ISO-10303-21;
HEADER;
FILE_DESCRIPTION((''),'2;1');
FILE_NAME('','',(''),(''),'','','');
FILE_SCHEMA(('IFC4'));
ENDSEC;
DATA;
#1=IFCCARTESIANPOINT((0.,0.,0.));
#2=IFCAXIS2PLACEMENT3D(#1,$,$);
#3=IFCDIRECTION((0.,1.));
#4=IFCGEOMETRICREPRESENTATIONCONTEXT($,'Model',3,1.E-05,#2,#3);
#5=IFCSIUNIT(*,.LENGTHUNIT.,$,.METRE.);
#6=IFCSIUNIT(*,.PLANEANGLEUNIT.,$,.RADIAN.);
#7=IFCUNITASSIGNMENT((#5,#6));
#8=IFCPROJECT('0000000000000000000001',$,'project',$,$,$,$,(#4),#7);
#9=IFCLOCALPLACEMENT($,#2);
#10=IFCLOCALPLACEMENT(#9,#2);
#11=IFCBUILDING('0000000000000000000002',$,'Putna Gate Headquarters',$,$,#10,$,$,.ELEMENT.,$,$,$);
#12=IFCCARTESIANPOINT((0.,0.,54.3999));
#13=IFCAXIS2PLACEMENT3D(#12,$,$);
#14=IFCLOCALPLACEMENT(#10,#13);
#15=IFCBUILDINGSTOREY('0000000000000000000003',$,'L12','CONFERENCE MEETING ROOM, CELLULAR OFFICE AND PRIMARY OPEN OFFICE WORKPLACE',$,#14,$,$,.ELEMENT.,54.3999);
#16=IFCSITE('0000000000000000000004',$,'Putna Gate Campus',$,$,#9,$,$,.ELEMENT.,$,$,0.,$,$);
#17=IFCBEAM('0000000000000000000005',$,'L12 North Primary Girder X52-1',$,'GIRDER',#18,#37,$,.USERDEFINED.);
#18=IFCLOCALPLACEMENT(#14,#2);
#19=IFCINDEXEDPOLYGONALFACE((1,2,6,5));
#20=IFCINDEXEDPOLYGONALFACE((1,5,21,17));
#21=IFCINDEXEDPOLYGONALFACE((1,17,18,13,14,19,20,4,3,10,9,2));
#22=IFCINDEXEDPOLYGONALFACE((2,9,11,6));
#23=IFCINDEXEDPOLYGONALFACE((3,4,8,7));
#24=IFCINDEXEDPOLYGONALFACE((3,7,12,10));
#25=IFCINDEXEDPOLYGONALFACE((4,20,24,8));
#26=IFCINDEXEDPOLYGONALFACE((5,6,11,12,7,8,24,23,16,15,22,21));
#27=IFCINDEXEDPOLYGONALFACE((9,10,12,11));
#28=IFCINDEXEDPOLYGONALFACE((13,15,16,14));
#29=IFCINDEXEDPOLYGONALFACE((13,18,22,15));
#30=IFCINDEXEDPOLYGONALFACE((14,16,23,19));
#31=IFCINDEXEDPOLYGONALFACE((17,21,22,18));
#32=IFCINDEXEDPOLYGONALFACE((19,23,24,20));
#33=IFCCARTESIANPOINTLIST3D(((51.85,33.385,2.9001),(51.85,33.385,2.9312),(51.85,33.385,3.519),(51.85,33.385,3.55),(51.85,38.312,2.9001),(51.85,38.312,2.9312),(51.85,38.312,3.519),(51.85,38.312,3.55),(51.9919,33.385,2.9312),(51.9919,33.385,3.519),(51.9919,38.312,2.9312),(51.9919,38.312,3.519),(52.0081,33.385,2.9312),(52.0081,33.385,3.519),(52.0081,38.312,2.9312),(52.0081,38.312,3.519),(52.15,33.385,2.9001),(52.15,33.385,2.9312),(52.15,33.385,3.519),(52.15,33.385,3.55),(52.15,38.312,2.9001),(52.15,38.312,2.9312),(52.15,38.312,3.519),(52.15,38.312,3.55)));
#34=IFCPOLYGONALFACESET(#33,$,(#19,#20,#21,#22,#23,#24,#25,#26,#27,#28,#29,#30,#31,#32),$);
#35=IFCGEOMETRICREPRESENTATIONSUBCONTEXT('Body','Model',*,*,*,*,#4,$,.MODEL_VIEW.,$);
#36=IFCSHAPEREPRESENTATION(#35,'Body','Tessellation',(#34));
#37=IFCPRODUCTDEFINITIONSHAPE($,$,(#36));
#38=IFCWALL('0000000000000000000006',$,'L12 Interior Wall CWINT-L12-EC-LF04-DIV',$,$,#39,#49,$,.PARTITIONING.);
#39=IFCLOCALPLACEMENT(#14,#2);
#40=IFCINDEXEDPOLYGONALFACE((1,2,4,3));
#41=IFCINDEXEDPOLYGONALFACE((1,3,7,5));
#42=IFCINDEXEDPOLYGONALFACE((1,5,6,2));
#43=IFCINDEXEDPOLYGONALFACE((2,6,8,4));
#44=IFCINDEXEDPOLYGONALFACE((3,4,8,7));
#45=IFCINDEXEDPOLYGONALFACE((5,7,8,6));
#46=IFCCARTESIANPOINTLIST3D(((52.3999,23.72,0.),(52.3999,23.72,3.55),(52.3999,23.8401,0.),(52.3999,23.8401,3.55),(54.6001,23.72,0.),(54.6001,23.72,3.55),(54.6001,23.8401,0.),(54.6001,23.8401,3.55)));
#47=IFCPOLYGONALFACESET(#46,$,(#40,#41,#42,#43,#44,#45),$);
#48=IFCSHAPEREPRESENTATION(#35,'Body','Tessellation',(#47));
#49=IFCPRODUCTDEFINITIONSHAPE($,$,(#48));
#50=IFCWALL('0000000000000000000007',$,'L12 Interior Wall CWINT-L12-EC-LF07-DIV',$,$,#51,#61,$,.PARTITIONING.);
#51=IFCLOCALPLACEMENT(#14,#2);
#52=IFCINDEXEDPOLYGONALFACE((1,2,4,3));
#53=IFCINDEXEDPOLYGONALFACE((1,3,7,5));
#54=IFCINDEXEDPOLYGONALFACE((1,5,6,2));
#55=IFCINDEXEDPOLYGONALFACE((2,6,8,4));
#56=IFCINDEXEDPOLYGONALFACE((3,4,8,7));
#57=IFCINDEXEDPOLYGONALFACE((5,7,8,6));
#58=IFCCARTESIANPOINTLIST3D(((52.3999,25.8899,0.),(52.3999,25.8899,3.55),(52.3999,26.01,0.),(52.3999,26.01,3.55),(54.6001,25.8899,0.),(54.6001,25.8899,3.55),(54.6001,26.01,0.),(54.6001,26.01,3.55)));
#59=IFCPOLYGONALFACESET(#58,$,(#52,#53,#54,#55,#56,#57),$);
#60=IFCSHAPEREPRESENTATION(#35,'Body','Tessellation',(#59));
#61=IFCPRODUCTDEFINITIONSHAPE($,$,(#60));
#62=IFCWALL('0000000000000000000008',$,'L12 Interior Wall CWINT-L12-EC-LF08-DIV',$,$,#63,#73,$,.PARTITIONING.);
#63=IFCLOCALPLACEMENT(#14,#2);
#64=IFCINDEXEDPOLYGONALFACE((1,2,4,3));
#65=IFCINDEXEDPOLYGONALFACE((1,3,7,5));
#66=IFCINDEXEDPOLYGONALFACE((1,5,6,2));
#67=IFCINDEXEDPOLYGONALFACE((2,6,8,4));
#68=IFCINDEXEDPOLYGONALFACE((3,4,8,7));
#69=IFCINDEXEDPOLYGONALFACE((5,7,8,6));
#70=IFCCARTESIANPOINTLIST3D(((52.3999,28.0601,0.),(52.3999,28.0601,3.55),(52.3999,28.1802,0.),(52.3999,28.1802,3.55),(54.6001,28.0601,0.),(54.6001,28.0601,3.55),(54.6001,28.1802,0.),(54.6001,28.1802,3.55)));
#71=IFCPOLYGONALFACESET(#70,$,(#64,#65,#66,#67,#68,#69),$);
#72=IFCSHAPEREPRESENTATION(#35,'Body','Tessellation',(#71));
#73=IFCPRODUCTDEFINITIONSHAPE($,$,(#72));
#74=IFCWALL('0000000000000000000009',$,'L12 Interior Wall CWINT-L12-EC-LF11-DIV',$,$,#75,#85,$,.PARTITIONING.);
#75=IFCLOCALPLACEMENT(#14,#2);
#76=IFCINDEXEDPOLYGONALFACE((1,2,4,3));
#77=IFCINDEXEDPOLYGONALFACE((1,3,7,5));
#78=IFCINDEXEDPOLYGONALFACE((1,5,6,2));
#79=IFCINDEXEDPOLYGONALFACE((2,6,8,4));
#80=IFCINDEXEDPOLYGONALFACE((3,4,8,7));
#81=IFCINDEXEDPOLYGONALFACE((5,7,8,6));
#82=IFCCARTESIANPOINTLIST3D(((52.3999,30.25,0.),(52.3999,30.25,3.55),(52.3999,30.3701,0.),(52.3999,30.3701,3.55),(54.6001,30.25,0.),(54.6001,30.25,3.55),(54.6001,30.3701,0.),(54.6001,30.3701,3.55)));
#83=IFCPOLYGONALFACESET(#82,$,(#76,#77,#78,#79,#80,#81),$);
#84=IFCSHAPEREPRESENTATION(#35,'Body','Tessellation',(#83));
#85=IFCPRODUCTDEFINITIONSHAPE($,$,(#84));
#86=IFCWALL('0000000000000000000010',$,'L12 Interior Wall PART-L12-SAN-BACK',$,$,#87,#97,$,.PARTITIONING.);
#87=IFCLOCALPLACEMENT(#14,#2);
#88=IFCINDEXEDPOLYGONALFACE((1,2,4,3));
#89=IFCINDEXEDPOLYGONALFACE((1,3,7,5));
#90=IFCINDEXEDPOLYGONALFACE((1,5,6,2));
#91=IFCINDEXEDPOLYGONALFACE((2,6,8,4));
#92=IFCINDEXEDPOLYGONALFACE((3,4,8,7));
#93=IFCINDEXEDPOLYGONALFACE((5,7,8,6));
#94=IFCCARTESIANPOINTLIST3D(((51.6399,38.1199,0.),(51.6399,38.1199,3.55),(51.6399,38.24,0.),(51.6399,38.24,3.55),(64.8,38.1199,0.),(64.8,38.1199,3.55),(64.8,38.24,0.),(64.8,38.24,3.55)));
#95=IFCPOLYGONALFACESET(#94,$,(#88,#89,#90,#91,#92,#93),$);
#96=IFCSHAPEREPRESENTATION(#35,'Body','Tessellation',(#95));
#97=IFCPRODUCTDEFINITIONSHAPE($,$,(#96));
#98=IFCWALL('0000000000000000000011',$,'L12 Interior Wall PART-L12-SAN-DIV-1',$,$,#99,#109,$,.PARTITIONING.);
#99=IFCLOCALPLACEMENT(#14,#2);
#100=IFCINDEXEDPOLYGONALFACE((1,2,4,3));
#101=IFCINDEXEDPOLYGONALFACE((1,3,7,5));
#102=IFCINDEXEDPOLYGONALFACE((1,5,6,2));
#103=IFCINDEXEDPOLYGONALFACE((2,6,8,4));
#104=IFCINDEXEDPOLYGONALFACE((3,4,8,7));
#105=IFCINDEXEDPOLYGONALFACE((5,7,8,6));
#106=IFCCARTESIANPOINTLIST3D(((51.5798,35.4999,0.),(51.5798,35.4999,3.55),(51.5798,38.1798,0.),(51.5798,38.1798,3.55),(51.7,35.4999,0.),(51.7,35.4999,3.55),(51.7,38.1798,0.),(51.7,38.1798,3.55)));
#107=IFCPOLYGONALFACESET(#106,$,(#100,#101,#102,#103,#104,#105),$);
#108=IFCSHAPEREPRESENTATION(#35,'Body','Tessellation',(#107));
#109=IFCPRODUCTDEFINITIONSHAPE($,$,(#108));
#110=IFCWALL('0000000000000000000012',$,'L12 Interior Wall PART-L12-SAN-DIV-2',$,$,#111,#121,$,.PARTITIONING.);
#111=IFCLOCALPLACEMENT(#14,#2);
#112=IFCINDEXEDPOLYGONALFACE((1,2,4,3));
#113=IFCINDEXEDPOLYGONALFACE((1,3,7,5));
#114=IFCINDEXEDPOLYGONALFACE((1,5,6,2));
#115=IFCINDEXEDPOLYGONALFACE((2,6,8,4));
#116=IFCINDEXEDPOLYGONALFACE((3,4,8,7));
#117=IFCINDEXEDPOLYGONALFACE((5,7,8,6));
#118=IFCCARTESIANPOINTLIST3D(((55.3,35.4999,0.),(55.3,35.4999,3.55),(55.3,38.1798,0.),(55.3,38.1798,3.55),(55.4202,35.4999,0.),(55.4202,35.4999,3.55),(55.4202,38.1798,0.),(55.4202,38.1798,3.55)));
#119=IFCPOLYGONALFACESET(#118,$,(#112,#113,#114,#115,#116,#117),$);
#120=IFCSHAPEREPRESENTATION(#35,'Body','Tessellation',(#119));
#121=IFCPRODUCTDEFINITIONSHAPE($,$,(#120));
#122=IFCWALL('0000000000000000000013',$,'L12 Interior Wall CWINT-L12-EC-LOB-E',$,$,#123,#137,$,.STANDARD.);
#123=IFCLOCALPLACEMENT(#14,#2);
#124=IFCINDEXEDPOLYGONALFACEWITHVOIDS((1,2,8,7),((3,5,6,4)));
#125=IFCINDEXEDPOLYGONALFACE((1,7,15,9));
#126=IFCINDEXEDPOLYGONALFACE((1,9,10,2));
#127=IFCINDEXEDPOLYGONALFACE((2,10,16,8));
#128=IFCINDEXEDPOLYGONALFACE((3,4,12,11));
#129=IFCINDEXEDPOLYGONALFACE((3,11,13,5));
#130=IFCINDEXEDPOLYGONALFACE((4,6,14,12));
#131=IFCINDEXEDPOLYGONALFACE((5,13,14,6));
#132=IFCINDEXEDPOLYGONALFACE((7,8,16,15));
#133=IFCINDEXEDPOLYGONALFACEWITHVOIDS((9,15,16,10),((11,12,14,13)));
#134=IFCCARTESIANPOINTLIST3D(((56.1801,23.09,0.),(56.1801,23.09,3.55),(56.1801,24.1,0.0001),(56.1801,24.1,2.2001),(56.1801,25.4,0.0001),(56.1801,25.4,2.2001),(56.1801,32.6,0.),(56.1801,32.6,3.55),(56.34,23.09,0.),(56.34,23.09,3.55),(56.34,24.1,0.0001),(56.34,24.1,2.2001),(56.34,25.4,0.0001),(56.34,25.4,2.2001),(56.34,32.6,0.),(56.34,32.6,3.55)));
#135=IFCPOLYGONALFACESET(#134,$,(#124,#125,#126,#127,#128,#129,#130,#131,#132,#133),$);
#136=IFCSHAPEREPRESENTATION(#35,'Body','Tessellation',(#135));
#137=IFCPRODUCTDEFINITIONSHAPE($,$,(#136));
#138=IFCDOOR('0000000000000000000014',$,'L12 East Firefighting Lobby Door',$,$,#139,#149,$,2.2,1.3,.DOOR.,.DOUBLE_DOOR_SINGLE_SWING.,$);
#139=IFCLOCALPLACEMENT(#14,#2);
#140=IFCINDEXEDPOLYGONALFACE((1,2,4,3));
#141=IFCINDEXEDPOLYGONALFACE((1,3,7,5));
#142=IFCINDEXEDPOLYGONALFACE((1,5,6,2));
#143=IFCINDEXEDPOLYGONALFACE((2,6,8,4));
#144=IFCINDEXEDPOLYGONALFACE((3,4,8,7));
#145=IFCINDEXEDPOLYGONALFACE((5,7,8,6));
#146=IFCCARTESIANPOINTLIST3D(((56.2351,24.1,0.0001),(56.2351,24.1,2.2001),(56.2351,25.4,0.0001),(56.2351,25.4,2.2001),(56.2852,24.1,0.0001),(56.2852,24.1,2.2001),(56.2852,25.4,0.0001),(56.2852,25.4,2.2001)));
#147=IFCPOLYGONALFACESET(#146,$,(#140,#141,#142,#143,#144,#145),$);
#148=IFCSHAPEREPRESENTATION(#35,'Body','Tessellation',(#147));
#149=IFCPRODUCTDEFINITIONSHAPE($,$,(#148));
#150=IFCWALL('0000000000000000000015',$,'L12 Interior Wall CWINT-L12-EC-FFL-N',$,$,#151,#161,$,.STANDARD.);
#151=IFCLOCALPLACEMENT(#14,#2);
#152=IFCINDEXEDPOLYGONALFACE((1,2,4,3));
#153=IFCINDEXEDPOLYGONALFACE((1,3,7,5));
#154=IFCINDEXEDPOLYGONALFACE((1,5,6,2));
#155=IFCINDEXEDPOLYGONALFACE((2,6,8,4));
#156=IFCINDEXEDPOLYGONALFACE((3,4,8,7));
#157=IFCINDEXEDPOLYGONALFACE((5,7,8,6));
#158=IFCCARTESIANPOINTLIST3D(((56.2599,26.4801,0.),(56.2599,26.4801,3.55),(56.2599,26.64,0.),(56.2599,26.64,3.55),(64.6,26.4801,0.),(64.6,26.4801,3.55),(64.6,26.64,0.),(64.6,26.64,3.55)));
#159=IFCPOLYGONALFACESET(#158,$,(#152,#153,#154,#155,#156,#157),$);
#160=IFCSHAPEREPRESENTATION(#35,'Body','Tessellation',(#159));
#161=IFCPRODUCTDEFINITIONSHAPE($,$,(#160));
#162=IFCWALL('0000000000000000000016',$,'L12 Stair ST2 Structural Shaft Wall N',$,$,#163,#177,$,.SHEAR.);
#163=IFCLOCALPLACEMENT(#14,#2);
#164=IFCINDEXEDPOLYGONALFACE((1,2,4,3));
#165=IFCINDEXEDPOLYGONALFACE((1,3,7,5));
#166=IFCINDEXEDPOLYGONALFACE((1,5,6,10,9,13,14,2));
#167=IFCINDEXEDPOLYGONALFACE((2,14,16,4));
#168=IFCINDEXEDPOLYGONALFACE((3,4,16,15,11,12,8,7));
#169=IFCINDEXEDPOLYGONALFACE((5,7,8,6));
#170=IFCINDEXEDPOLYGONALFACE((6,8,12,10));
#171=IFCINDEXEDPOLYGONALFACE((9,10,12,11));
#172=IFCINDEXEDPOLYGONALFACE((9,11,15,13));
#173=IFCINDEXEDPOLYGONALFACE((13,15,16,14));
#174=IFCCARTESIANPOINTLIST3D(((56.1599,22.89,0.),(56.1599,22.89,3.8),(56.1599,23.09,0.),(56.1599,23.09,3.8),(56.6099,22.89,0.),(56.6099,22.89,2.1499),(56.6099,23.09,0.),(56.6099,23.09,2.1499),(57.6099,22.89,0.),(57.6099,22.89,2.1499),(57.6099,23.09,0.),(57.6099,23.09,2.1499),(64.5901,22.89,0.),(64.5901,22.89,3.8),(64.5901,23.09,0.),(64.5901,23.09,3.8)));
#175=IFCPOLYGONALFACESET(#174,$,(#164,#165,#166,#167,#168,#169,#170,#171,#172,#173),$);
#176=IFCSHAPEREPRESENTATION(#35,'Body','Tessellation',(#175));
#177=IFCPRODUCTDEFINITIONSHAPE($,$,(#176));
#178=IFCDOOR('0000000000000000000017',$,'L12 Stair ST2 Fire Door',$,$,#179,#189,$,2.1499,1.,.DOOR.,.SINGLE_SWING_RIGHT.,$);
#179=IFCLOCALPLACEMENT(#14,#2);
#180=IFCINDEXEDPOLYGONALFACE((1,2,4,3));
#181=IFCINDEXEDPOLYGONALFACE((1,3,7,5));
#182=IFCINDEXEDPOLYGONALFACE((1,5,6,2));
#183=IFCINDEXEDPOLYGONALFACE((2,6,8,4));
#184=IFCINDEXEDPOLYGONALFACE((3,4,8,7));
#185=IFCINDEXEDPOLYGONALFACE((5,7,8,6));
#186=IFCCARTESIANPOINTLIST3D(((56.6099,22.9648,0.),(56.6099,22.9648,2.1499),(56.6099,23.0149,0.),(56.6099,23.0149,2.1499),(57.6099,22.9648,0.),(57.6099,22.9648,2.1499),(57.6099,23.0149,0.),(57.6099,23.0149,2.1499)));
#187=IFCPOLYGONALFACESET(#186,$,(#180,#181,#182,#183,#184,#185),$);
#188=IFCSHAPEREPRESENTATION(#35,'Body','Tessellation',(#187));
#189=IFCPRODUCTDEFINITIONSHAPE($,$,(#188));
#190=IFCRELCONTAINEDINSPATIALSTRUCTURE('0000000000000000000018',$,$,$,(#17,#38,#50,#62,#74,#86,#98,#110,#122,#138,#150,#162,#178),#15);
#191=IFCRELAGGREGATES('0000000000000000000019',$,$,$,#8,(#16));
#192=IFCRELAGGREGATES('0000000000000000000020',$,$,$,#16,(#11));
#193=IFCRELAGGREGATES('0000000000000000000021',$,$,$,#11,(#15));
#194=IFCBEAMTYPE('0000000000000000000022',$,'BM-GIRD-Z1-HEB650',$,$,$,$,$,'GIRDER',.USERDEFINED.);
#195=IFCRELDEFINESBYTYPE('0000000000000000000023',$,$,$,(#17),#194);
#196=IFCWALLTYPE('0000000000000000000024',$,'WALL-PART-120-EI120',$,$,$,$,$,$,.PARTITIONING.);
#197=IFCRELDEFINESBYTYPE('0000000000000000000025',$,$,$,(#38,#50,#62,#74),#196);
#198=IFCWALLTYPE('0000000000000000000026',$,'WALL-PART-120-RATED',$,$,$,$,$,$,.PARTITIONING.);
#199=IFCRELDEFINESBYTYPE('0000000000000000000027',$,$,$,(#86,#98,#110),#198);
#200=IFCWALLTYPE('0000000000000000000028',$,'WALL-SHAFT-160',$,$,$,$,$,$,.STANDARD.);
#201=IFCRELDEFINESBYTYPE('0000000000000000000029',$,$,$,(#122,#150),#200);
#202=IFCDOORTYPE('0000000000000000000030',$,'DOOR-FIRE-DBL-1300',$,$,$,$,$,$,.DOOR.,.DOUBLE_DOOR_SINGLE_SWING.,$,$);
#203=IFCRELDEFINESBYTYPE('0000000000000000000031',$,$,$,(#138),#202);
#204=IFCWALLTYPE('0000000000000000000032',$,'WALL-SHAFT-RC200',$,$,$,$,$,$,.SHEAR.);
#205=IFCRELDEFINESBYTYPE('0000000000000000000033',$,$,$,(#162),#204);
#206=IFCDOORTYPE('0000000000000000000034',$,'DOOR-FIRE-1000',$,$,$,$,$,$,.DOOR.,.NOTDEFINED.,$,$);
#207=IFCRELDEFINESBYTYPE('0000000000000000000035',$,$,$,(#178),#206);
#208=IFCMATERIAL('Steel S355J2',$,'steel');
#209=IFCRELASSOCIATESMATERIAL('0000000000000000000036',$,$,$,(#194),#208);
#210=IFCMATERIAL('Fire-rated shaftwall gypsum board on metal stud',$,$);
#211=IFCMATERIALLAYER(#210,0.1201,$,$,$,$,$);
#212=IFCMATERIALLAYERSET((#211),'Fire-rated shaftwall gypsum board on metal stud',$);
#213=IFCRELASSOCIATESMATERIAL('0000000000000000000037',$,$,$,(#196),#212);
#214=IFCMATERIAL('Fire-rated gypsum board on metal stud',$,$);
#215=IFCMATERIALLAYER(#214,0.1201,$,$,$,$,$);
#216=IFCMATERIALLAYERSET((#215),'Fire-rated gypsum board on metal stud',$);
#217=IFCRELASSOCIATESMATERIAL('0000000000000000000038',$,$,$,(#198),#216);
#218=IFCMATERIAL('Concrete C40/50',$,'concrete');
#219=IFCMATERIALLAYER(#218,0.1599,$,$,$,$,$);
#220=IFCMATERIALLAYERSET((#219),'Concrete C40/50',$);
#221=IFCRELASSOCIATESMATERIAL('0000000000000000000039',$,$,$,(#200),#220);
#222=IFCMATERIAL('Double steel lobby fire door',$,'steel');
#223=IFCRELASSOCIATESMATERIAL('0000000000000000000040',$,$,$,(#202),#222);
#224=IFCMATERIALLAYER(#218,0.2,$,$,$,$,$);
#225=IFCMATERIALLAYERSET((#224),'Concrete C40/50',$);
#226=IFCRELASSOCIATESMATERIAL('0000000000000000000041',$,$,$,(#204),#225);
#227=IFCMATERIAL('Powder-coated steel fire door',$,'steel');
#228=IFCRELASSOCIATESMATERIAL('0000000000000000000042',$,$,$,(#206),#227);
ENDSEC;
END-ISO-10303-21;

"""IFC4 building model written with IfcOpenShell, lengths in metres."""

from ifc_helpers import new_model, si_unit, direction, frame, frame_2d, origin, origin_2d, place, context, subcontext, project, spatial, rectangle, i_section, extrude, material, layer, layer_set, material_profile, profile_set, type_object, element, fill, save


model = new_model("IFC4")

# Units and contexts
model_context = context("Model", 3, precision=1e-05, world=origin(), true_north=direction((0.0, 1.0)))
body_context = subcontext(model_context, "Body", "Model", "MODEL_VIEW")
ifc_project = project(units=[si_unit("LENGTHUNIT", "METRE"), si_unit("PLANEANGLEUNIT", "RADIAN")], contexts=[model_context])

# Site, building, storey
site_placement = place(None, origin())
site = spatial("IfcSite", under=ifc_project, at=site_placement, Name="Putna Gate Campus", CompositionType="ELEMENT", RefElevation=0.0)
building_placement = place(site_placement, origin())
building = spatial("IfcBuilding", under=site, at=building_placement, Name="Putna Gate Headquarters", CompositionType="ELEMENT")
storey_placement = place(building_placement, frame((0.0, 0.0, 54.3999)))
storey = spatial("IfcBuildingStorey", under=building, at=storey_placement, Name="L12", Description="CONFERENCE MEETING ROOM, CELLULAR OFFICE AND PRIMARY OPEN OFFICE WORKPLACE", CompositionType="ELEMENT", Elevation=54.3999)

# Beam
ifc_material_1 = material(Name="Steel S355J2", Category="steel")
ifc_material_profile = material_profile(ifc_material_1, i_section(OverallWidth=0.3, OverallDepth=0.6499, WebThickness=0.0161, FlangeThickness=0.031, at=origin_2d()), Name="Steel S355J2")
ifc_profile_set = profile_set([ifc_material_profile], Name="Steel S355J2")
beam_type = type_object("IfcBeamType", Name="BM-GIRD-Z1-HEB650", ElementType="GIRDER", PredefinedType="USERDEFINED", material=ifc_profile_set)
beam_placement = place(storey_placement, frame((52.0, 33.385, 3.2251), z_axis=(0.0, 1.0, 0.0), x_axis=(-1.0, 0.0, 0.0)))
element("IfcBeam", 1, at=beam_placement, inside=storey, type_object=beam_type, Name="L12 North Primary Girder X52-1", ObjectType="GIRDER", PredefinedType="USERDEFINED", context=body_context, shape_type="SweptSolid", body=[
    extrude(i_section(OverallWidth=0.3, OverallDepth=0.6499, WebThickness=0.0161, FlangeThickness=0.031, at=origin_2d()), origin(), (0.0, 0.0, 1.0), 4.927),
])

# Walls
ifc_material_2 = material(Name="Fire-rated shaftwall gypsum board on metal stud")
ifc_layer_1 = layer(ifc_material_2, 0.1201)
ifc_layer_set_1 = layer_set([ifc_layer_1], Name="Fire-rated shaftwall gypsum board on metal stud")
wall_type_1 = type_object("IfcWallType", Name="WALL-PART-120-EI120", PredefinedType="PARTITIONING", material=ifc_layer_set_1)
for number, where, z_axis, x_axis, name in (
    (2, (52.3999, 23.78, 0.0), (0.0, 0.0, 1.0), (1.0, 0.0, 0.0), "L12 Interior Wall CWINT-L12-EC-LF04-DIV"),
    (3, (52.3999, 25.95, 0.0), (0.0, 0.0, 1.0), (1.0, 0.0, 0.0), "L12 Interior Wall CWINT-L12-EC-LF07-DIV"),
    (4, (52.3999, 28.1201, 0.0), (0.0, 0.0, 1.0), (1.0, 0.0, 0.0), "L12 Interior Wall CWINT-L12-EC-LF08-DIV"),
    (5, (52.3999, 30.3101, 0.0), (0.0, 0.0, 1.0), (1.0, 0.0, 0.0), "L12 Interior Wall CWINT-L12-EC-LF11-DIV"),
):
    element("IfcWall", number, at=place(storey_placement, frame(where, z_axis=z_axis, x_axis=x_axis)), inside=storey, type_object=wall_type_1, Name=name, PredefinedType="PARTITIONING", context=body_context, shape_type="SweptSolid", body=[
        extrude(rectangle(XDim=2.2002, YDim=0.1201, at=frame_2d((1.1001, 0.0))), origin(), (0.0, 0.0, 1.0), 3.55),
    ])

# Shared definitions
ifc_material_3 = material(Name="Fire-rated gypsum board on metal stud")
ifc_layer_2 = layer(ifc_material_3, 0.1201)
ifc_layer_set_2 = layer_set([ifc_layer_2], Name="Fire-rated gypsum board on metal stud")
wall_type_2 = type_object("IfcWallType", Name="WALL-PART-120-RATED", PredefinedType="PARTITIONING", material=ifc_layer_set_2)

# Walls
wall_1_placement = place(storey_placement, frame((51.6399, 38.1799, 0.0), z_axis=(0.0, 0.0, 1.0), x_axis=(1.0, 0.0, 0.0)))
element("IfcWall", 6, at=wall_1_placement, inside=storey, type_object=wall_type_2, Name="L12 Interior Wall PART-L12-SAN-BACK", PredefinedType="PARTITIONING", context=body_context, shape_type="SweptSolid", body=[
    extrude(rectangle(XDim=13.1602, YDim=0.1201, at=frame_2d((6.5801, 0.0))), origin(), (0.0, 0.0, 1.0), 3.55),
])
for number, where, z_axis, x_axis, name in (
    (7, (51.6399, 35.5, 0.0), (0.0, 0.0, 1.0), (0.0, 1.0, 0.0), "L12 Interior Wall PART-L12-SAN-DIV-1"),
    (8, (55.3601, 35.5, 0.0), (0.0, 0.0, 1.0), (0.0, 1.0, 0.0), "L12 Interior Wall PART-L12-SAN-DIV-2"),
):
    element("IfcWall", number, at=place(storey_placement, frame(where, z_axis=z_axis, x_axis=x_axis)), inside=storey, type_object=wall_type_2, Name=name, PredefinedType="PARTITIONING", context=body_context, shape_type="SweptSolid", body=[
        extrude(rectangle(XDim=2.6799, YDim=0.1201, at=frame_2d((1.3398, 0.0))), origin(), (0.0, 0.0, 1.0), 3.55),
    ])

# Wall, opening, door
ifc_material_4 = material(Name="Concrete C40/50", Category="concrete")
ifc_layer_3 = layer(ifc_material_4, 0.1599)
ifc_layer_set_3 = layer_set([ifc_layer_3], Name="Concrete C40/50")
wall_type_3 = type_object("IfcWallType", Name="WALL-SHAFT-160", PredefinedType="STANDARD", material=ifc_layer_set_3)
wall_2_placement = place(storey_placement, frame((56.26, 23.0901, 0.0), z_axis=(0.0, 0.0, 1.0), x_axis=(0.0, 1.0, 0.0)))
wall_2 = element("IfcWall", 9, at=wall_2_placement, inside=storey, type_object=wall_type_3, Name="L12 Interior Wall CWINT-L12-EC-LOB-E", PredefinedType="STANDARD", context=body_context, shape_type="SweptSolid", body=[
    extrude(rectangle(XDim=9.51, YDim=0.1599, at=frame_2d((4.7549, 0.0))), origin(), (0.0, 0.0, 1.0), 3.55),
])
opening_1_placement = place(wall_2_placement, frame((1.01, 0.0, 0.0)))
opening_1 = element("IfcOpeningElement", 10, at=opening_1_placement, cuts=wall_2, PredefinedType="OPENING", context=body_context, shape_type="SweptSolid", body=[
    extrude(rectangle(XDim=1.3, YDim=2.2, at=frame_2d((0.6499, 1.1001))), frame((0.0, 0.0898, 0.0), z_axis=(0.0, -1.0, 0.0), x_axis=(1.0, 0.0, 0.0)), (0.0, 0.0, 1.0), 0.1799),
])
ifc_material_5 = material(Name="Double steel lobby fire door", Category="steel")
door_type_1 = type_object("IfcDoorType", Name="DOOR-FIRE-DBL-1300", OperationType="DOUBLE_DOOR_SINGLE_SWING", PredefinedType="DOOR", material=ifc_material_5)
door_1_placement = place(opening_1_placement, origin())
door_1 = element("IfcDoor", 11, at=door_1_placement, inside=storey, type_object=door_type_1, Name="L12 East Firefighting Lobby Door", OperationType="DOUBLE_DOOR_SINGLE_SWING", OverallHeight=2.2, OverallWidth=1.3, PredefinedType="DOOR", context=body_context, shape_type="SweptSolid", body=[
    extrude(rectangle(XDim=1.3, YDim=2.2, at=frame_2d((0.6499, 1.1001))), frame((0.0, 0.0249, 0.0), z_axis=(0.0, -1.0, 0.0), x_axis=(1.0, 0.0, 0.0)), (0.0, 0.0, 1.0), 0.05),
])
fill(opening_1, door_1)

# Wall
wall_3_placement = place(storey_placement, frame((56.26, 26.5601, 0.0), z_axis=(0.0, 0.0, 1.0), x_axis=(1.0, 0.0, 0.0)))
element("IfcWall", 12, at=wall_3_placement, inside=storey, type_object=wall_type_3, Name="L12 Interior Wall CWINT-L12-EC-FFL-N", PredefinedType="STANDARD", context=body_context, shape_type="SweptSolid", body=[
    extrude(rectangle(XDim=8.3401, YDim=0.1599, at=frame_2d((4.1699, 0.0))), origin(), (0.0, 0.0, 1.0), 3.55),
])

# Wall, opening, door
ifc_layer_4 = layer(ifc_material_4, 0.2)
ifc_layer_set_4 = layer_set([ifc_layer_4], Name="Concrete C40/50")
wall_type_4 = type_object("IfcWallType", Name="WALL-SHAFT-RC200", PredefinedType="SHEAR", material=ifc_layer_set_4)
wall_4_placement = place(storey_placement, frame((56.1599, 22.99, 0.0), z_axis=(0.0, 0.0, 1.0), x_axis=(1.0, 0.0, 0.0)))
wall_4 = element("IfcWall", 13, at=wall_4_placement, inside=storey, type_object=wall_type_4, Name="L12 Stair ST2 Structural Shaft Wall N", PredefinedType="SHEAR", context=body_context, shape_type="SweptSolid", body=[
    extrude(rectangle(XDim=8.4302, YDim=0.2, at=frame_2d((4.2151, 0.0))), origin(), (0.0, 0.0, 1.0), 3.8),
])
opening_2_placement = place(wall_4_placement, frame((0.45, 0.0, 0.0)))
opening_2 = element("IfcOpeningElement", 14, at=opening_2_placement, cuts=wall_4, PredefinedType="OPENING", context=body_context, shape_type="SweptSolid", body=[
    extrude(rectangle(XDim=1.0, YDim=2.1499, at=frame_2d((0.5, 1.075))), frame((0.0, 0.1099, 0.0), z_axis=(0.0, -1.0, 0.0), x_axis=(1.0, 0.0, 0.0)), (0.0, 0.0, 1.0), 0.22),
])
ifc_material_6 = material(Name="Powder-coated steel fire door", Category="steel")
door_type_2 = type_object("IfcDoorType", Name="DOOR-FIRE-1000", OperationType="NOTDEFINED", PredefinedType="DOOR", material=ifc_material_6)
door_2_placement = place(opening_2_placement, origin())
door_2 = element("IfcDoor", 15, at=door_2_placement, inside=storey, type_object=door_type_2, Name="L12 Stair ST2 Fire Door", OperationType="SINGLE_SWING_RIGHT", OverallHeight=2.1499, OverallWidth=1.0, PredefinedType="DOOR", context=body_context, shape_type="SweptSolid", body=[
    extrude(rectangle(XDim=1.0, YDim=2.1499, at=frame_2d((0.5, 1.075))), frame((0.0, 0.0249, 0.0), z_axis=(0.0, -1.0, 0.0), x_axis=(1.0, 0.0, 0.0)), (0.0, 0.0, 1.0), 0.05),
])
fill(opening_2, door_2)

save(model, "model.ifc")
